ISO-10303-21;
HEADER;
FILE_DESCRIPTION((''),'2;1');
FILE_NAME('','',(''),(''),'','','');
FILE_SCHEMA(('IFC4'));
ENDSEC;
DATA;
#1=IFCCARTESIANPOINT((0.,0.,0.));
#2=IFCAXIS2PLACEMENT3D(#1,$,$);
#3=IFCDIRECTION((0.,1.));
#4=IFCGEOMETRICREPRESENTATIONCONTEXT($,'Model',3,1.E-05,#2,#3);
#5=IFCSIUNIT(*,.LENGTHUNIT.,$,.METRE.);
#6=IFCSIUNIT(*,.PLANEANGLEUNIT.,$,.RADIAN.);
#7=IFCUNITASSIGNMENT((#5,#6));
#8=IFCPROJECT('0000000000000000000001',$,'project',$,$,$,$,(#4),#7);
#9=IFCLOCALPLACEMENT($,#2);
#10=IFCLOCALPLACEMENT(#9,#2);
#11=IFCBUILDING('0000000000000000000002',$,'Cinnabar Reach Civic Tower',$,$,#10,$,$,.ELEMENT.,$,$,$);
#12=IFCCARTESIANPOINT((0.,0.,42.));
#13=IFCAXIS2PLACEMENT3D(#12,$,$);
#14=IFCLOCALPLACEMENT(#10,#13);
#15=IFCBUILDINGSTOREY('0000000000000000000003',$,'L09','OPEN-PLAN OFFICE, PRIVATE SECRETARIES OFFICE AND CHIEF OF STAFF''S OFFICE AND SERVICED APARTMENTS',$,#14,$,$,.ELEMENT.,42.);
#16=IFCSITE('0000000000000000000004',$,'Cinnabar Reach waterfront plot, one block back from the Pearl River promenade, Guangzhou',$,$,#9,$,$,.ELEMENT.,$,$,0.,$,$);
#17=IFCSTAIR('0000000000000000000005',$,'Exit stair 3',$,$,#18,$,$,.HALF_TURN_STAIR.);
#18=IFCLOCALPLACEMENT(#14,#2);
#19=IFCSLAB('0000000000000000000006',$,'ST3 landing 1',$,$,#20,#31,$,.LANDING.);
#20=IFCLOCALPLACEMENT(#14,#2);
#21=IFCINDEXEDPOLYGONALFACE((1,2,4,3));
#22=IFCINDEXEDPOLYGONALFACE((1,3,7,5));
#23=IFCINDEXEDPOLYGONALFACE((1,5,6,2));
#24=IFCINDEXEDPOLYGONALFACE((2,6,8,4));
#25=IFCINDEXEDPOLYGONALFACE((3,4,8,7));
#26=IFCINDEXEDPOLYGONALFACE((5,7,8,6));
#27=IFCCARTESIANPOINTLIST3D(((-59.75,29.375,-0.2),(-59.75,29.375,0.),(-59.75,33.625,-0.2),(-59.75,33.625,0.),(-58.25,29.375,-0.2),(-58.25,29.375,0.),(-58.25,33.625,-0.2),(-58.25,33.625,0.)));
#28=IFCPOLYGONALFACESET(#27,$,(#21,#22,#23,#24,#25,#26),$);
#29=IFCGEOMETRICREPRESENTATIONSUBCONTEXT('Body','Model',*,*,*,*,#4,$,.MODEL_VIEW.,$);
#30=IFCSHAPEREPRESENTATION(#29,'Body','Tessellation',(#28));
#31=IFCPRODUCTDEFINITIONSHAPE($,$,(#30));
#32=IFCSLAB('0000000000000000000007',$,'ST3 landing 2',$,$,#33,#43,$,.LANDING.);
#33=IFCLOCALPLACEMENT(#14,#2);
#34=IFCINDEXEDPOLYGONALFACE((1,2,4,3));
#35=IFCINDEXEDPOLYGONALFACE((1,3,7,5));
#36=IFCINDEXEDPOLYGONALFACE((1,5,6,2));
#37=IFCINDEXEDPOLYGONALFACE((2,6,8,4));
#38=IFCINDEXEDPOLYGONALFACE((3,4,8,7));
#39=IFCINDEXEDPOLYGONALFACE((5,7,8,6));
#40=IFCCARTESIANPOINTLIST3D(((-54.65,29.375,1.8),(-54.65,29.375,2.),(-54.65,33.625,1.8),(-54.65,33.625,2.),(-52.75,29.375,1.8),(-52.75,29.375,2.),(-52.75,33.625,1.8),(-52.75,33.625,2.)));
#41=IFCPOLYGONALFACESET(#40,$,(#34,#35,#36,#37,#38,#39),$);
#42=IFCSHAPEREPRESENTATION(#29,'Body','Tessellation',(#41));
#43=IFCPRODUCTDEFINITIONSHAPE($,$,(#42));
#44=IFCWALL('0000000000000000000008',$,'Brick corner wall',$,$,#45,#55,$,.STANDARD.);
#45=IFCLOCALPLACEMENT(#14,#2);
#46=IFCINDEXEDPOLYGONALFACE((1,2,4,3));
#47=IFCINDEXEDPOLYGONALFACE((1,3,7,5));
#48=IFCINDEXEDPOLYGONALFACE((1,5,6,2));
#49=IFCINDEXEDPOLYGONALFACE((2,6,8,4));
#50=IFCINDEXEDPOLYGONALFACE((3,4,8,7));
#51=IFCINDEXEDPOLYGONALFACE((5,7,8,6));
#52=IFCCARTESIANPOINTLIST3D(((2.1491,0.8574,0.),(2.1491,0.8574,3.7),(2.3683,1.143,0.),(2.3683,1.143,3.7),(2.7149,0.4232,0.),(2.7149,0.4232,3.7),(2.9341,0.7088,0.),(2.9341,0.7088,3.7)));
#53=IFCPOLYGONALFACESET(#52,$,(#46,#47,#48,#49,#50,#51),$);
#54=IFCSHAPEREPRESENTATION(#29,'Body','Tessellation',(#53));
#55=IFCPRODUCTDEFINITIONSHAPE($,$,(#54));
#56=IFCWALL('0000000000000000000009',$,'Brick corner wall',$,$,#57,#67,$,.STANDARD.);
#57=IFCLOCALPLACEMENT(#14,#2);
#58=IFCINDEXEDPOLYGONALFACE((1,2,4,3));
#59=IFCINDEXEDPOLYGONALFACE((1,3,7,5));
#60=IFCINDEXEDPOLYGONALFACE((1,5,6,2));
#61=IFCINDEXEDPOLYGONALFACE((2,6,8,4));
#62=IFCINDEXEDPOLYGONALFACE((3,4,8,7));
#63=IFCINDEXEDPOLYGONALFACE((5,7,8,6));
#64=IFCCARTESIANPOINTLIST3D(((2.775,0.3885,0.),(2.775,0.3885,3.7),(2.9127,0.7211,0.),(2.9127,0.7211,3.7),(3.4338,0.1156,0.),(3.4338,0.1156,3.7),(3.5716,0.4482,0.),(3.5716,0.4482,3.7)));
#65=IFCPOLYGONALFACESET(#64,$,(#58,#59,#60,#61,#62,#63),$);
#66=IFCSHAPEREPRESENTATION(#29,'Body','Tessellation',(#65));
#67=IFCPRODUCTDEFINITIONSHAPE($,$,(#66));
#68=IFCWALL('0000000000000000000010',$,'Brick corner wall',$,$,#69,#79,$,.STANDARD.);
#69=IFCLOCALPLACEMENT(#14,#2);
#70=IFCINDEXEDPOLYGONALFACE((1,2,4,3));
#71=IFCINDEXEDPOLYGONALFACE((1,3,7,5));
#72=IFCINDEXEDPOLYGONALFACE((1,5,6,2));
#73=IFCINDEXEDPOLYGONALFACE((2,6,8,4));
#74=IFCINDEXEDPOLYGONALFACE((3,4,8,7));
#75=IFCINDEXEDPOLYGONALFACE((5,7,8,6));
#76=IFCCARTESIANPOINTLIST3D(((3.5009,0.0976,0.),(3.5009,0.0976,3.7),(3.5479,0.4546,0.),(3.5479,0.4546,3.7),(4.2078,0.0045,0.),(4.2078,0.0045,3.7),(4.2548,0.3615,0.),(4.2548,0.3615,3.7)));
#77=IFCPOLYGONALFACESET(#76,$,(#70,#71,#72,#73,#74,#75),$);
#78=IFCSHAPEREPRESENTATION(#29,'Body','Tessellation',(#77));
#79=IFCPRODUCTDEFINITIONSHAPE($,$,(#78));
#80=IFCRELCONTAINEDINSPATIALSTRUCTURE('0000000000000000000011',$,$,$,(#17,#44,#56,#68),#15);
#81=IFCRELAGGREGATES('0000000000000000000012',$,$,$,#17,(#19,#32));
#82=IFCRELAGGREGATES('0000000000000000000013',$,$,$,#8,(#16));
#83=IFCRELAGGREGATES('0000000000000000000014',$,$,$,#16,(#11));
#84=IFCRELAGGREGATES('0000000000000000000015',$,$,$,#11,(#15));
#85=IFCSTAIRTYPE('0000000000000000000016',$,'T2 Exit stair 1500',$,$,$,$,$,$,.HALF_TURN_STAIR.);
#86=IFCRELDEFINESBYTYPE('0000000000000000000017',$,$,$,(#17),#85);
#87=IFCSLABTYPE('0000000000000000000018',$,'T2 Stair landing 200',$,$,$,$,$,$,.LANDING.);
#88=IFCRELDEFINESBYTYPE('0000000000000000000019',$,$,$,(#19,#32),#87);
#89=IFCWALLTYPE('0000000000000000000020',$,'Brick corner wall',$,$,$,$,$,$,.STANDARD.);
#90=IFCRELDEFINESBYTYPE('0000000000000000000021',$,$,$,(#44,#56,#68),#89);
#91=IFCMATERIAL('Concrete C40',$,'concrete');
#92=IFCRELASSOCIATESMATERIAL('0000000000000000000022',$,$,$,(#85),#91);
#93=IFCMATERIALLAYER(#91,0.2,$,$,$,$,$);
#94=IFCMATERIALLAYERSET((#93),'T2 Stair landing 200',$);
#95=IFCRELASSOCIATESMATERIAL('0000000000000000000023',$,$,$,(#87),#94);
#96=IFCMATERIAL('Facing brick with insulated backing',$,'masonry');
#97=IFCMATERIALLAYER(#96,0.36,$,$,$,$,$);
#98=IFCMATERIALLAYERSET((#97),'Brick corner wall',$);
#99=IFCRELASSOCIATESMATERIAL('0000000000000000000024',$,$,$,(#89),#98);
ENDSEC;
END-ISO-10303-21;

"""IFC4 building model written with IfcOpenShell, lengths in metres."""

from ifc_helpers import new_model, si_unit, direction, frame, frame_2d, origin, place, context, subcontext, project, spatial, polyline, rectangle, outline, extrude, material, layer, layer_set, type_object, element, aggregate, save


model = new_model("IFC4")

# Units and contexts
model_context = context("Model", 3, precision=1e-05, world=origin(), true_north=direction((0.0, 1.0)))
body_context = subcontext(model_context, "Body", "Model", "MODEL_VIEW")
ifc_project = project(units=[si_unit("LENGTHUNIT", "METRE"), si_unit("PLANEANGLEUNIT", "RADIAN")], contexts=[model_context])

# Site, building, storey
site_placement = place(None, origin())
site = spatial("IfcSite", under=ifc_project, at=site_placement, Name="Cinnabar Reach waterfront plot, one block back from the Pearl River promenade, Guangzhou", CompositionType="ELEMENT", RefElevation=0.0)
building_placement = place(site_placement, origin())
building = spatial("IfcBuilding", under=site, at=building_placement, Name="Cinnabar Reach Civic Tower", CompositionType="ELEMENT")
storey_placement = place(building_placement, frame((0.0, 0.0, 42.0)))
storey = spatial("IfcBuildingStorey", under=building, at=storey_placement, Name="L09", Description="OPEN-PLAN OFFICE, PRIVATE SECRETARIES OFFICE AND CHIEF OF STAFF'S OFFICE AND SERVICED APARTMENTS", CompositionType="ELEMENT", Elevation=42.0)

# Shared definitions
ifc_material_1 = material(Name="Concrete C40", Category="concrete")

# Stair, slabs
stair_type_1 = type_object("IfcStairType", Name="T2 Exit stair 1500", PredefinedType="HALF_TURN_STAIR", material=ifc_material_1)
ifc_layer_1 = layer(ifc_material_1, 0.2)
ifc_layer_set_1 = layer_set([ifc_layer_1], Name="T2 Stair landing 200")
slab_type_1 = type_object("IfcSlabType", Name="T2 Stair landing 200", PredefinedType="LANDING", material=ifc_layer_set_1)
stair_1_placement = place(storey_placement, origin())
stair_1 = element("IfcStair", 1, at=stair_1_placement, inside=storey, type_object=stair_type_1, Name="Exit stair 3", PredefinedType="HALF_TURN_STAIR")
slab_1_placement = place(storey_placement, frame((0.0, 0.0, -0.2)))
slab_1 = element("IfcSlab", 2, at=slab_1_placement, type_object=slab_type_1, Name="ST3 landing 1", PredefinedType="LANDING", context=body_context, shape_type="SweptSolid", body=[
    extrude(outline(polyline([(-59.75, 29.375), (-59.75, 33.625), (-58.25, 33.625), (-58.25, 29.375), (-59.75, 29.375)])), origin(), (0.0, 0.0, 1.0), 0.2),
])
slab_2_placement = place(storey_placement, frame((0.0, 0.0, 1.8)))
slab_2 = element("IfcSlab", 3, at=slab_2_placement, type_object=slab_type_1, Name="ST3 landing 2", PredefinedType="LANDING", context=body_context, shape_type="SweptSolid", body=[
    extrude(outline(polyline([(-54.65, 29.375), (-54.65, 33.625), (-52.75, 33.625), (-52.75, 29.375), (-54.65, 29.375)])), origin(), (0.0, 0.0, 1.0), 0.2),
])
aggregate(stair_1, [slab_1, slab_2])

# Walls
ifc_material_2 = material(Name="Facing brick with insulated backing", Category="masonry")
ifc_layer_2 = layer(ifc_material_2, 0.36)
ifc_layer_set_2 = layer_set([ifc_layer_2], Name="Brick corner wall")
wall_type = type_object("IfcWallType", Name="Brick corner wall", PredefinedType="STANDARD", material=ifc_layer_set_2)
wall_placement = place(storey_placement, frame((2.2587, 1.0002, 0.0), z_axis=(0.0, 0.0, 1.0), x_axis=(0.793322, -0.608802, 0.0)))
element("IfcWall", 4, at=wall_placement, inside=storey, type_object=wall_type, Name="Brick corner wall", PredefinedType="STANDARD", context=body_context, shape_type="SweptSolid", body=[
    extrude(rectangle(XDim=0.7132, YDim=0.36, at=frame_2d((0.3566, 0.0))), origin(), (0.0, 0.0, 1.0), 3.7),
])
for number, where, z_axis, x_axis, name in (
    (5, (2.8439, 0.5548, 0.0), (0.0, 0.0, 1.0), (0.923872, -0.382703, 0.0), "Brick corner wall"),
    (6, (3.5244, 0.2761, 0.0), (0.0, 0.0, 1.0), (0.991441, -0.130556, 0.0), "Brick corner wall"),
):
    element("IfcWall", number, at=place(storey_placement, frame(where, z_axis=z_axis, x_axis=x_axis)), inside=storey, type_object=wall_type, Name=name, PredefinedType="STANDARD", context=body_context, shape_type="SweptSolid", body=[
        extrude(rectangle(XDim=0.7131, YDim=0.36, at=frame_2d((0.3565, 0.0))), origin(), (0.0, 0.0, 1.0), 3.7),
    ])

save(model, "model.ifc")
